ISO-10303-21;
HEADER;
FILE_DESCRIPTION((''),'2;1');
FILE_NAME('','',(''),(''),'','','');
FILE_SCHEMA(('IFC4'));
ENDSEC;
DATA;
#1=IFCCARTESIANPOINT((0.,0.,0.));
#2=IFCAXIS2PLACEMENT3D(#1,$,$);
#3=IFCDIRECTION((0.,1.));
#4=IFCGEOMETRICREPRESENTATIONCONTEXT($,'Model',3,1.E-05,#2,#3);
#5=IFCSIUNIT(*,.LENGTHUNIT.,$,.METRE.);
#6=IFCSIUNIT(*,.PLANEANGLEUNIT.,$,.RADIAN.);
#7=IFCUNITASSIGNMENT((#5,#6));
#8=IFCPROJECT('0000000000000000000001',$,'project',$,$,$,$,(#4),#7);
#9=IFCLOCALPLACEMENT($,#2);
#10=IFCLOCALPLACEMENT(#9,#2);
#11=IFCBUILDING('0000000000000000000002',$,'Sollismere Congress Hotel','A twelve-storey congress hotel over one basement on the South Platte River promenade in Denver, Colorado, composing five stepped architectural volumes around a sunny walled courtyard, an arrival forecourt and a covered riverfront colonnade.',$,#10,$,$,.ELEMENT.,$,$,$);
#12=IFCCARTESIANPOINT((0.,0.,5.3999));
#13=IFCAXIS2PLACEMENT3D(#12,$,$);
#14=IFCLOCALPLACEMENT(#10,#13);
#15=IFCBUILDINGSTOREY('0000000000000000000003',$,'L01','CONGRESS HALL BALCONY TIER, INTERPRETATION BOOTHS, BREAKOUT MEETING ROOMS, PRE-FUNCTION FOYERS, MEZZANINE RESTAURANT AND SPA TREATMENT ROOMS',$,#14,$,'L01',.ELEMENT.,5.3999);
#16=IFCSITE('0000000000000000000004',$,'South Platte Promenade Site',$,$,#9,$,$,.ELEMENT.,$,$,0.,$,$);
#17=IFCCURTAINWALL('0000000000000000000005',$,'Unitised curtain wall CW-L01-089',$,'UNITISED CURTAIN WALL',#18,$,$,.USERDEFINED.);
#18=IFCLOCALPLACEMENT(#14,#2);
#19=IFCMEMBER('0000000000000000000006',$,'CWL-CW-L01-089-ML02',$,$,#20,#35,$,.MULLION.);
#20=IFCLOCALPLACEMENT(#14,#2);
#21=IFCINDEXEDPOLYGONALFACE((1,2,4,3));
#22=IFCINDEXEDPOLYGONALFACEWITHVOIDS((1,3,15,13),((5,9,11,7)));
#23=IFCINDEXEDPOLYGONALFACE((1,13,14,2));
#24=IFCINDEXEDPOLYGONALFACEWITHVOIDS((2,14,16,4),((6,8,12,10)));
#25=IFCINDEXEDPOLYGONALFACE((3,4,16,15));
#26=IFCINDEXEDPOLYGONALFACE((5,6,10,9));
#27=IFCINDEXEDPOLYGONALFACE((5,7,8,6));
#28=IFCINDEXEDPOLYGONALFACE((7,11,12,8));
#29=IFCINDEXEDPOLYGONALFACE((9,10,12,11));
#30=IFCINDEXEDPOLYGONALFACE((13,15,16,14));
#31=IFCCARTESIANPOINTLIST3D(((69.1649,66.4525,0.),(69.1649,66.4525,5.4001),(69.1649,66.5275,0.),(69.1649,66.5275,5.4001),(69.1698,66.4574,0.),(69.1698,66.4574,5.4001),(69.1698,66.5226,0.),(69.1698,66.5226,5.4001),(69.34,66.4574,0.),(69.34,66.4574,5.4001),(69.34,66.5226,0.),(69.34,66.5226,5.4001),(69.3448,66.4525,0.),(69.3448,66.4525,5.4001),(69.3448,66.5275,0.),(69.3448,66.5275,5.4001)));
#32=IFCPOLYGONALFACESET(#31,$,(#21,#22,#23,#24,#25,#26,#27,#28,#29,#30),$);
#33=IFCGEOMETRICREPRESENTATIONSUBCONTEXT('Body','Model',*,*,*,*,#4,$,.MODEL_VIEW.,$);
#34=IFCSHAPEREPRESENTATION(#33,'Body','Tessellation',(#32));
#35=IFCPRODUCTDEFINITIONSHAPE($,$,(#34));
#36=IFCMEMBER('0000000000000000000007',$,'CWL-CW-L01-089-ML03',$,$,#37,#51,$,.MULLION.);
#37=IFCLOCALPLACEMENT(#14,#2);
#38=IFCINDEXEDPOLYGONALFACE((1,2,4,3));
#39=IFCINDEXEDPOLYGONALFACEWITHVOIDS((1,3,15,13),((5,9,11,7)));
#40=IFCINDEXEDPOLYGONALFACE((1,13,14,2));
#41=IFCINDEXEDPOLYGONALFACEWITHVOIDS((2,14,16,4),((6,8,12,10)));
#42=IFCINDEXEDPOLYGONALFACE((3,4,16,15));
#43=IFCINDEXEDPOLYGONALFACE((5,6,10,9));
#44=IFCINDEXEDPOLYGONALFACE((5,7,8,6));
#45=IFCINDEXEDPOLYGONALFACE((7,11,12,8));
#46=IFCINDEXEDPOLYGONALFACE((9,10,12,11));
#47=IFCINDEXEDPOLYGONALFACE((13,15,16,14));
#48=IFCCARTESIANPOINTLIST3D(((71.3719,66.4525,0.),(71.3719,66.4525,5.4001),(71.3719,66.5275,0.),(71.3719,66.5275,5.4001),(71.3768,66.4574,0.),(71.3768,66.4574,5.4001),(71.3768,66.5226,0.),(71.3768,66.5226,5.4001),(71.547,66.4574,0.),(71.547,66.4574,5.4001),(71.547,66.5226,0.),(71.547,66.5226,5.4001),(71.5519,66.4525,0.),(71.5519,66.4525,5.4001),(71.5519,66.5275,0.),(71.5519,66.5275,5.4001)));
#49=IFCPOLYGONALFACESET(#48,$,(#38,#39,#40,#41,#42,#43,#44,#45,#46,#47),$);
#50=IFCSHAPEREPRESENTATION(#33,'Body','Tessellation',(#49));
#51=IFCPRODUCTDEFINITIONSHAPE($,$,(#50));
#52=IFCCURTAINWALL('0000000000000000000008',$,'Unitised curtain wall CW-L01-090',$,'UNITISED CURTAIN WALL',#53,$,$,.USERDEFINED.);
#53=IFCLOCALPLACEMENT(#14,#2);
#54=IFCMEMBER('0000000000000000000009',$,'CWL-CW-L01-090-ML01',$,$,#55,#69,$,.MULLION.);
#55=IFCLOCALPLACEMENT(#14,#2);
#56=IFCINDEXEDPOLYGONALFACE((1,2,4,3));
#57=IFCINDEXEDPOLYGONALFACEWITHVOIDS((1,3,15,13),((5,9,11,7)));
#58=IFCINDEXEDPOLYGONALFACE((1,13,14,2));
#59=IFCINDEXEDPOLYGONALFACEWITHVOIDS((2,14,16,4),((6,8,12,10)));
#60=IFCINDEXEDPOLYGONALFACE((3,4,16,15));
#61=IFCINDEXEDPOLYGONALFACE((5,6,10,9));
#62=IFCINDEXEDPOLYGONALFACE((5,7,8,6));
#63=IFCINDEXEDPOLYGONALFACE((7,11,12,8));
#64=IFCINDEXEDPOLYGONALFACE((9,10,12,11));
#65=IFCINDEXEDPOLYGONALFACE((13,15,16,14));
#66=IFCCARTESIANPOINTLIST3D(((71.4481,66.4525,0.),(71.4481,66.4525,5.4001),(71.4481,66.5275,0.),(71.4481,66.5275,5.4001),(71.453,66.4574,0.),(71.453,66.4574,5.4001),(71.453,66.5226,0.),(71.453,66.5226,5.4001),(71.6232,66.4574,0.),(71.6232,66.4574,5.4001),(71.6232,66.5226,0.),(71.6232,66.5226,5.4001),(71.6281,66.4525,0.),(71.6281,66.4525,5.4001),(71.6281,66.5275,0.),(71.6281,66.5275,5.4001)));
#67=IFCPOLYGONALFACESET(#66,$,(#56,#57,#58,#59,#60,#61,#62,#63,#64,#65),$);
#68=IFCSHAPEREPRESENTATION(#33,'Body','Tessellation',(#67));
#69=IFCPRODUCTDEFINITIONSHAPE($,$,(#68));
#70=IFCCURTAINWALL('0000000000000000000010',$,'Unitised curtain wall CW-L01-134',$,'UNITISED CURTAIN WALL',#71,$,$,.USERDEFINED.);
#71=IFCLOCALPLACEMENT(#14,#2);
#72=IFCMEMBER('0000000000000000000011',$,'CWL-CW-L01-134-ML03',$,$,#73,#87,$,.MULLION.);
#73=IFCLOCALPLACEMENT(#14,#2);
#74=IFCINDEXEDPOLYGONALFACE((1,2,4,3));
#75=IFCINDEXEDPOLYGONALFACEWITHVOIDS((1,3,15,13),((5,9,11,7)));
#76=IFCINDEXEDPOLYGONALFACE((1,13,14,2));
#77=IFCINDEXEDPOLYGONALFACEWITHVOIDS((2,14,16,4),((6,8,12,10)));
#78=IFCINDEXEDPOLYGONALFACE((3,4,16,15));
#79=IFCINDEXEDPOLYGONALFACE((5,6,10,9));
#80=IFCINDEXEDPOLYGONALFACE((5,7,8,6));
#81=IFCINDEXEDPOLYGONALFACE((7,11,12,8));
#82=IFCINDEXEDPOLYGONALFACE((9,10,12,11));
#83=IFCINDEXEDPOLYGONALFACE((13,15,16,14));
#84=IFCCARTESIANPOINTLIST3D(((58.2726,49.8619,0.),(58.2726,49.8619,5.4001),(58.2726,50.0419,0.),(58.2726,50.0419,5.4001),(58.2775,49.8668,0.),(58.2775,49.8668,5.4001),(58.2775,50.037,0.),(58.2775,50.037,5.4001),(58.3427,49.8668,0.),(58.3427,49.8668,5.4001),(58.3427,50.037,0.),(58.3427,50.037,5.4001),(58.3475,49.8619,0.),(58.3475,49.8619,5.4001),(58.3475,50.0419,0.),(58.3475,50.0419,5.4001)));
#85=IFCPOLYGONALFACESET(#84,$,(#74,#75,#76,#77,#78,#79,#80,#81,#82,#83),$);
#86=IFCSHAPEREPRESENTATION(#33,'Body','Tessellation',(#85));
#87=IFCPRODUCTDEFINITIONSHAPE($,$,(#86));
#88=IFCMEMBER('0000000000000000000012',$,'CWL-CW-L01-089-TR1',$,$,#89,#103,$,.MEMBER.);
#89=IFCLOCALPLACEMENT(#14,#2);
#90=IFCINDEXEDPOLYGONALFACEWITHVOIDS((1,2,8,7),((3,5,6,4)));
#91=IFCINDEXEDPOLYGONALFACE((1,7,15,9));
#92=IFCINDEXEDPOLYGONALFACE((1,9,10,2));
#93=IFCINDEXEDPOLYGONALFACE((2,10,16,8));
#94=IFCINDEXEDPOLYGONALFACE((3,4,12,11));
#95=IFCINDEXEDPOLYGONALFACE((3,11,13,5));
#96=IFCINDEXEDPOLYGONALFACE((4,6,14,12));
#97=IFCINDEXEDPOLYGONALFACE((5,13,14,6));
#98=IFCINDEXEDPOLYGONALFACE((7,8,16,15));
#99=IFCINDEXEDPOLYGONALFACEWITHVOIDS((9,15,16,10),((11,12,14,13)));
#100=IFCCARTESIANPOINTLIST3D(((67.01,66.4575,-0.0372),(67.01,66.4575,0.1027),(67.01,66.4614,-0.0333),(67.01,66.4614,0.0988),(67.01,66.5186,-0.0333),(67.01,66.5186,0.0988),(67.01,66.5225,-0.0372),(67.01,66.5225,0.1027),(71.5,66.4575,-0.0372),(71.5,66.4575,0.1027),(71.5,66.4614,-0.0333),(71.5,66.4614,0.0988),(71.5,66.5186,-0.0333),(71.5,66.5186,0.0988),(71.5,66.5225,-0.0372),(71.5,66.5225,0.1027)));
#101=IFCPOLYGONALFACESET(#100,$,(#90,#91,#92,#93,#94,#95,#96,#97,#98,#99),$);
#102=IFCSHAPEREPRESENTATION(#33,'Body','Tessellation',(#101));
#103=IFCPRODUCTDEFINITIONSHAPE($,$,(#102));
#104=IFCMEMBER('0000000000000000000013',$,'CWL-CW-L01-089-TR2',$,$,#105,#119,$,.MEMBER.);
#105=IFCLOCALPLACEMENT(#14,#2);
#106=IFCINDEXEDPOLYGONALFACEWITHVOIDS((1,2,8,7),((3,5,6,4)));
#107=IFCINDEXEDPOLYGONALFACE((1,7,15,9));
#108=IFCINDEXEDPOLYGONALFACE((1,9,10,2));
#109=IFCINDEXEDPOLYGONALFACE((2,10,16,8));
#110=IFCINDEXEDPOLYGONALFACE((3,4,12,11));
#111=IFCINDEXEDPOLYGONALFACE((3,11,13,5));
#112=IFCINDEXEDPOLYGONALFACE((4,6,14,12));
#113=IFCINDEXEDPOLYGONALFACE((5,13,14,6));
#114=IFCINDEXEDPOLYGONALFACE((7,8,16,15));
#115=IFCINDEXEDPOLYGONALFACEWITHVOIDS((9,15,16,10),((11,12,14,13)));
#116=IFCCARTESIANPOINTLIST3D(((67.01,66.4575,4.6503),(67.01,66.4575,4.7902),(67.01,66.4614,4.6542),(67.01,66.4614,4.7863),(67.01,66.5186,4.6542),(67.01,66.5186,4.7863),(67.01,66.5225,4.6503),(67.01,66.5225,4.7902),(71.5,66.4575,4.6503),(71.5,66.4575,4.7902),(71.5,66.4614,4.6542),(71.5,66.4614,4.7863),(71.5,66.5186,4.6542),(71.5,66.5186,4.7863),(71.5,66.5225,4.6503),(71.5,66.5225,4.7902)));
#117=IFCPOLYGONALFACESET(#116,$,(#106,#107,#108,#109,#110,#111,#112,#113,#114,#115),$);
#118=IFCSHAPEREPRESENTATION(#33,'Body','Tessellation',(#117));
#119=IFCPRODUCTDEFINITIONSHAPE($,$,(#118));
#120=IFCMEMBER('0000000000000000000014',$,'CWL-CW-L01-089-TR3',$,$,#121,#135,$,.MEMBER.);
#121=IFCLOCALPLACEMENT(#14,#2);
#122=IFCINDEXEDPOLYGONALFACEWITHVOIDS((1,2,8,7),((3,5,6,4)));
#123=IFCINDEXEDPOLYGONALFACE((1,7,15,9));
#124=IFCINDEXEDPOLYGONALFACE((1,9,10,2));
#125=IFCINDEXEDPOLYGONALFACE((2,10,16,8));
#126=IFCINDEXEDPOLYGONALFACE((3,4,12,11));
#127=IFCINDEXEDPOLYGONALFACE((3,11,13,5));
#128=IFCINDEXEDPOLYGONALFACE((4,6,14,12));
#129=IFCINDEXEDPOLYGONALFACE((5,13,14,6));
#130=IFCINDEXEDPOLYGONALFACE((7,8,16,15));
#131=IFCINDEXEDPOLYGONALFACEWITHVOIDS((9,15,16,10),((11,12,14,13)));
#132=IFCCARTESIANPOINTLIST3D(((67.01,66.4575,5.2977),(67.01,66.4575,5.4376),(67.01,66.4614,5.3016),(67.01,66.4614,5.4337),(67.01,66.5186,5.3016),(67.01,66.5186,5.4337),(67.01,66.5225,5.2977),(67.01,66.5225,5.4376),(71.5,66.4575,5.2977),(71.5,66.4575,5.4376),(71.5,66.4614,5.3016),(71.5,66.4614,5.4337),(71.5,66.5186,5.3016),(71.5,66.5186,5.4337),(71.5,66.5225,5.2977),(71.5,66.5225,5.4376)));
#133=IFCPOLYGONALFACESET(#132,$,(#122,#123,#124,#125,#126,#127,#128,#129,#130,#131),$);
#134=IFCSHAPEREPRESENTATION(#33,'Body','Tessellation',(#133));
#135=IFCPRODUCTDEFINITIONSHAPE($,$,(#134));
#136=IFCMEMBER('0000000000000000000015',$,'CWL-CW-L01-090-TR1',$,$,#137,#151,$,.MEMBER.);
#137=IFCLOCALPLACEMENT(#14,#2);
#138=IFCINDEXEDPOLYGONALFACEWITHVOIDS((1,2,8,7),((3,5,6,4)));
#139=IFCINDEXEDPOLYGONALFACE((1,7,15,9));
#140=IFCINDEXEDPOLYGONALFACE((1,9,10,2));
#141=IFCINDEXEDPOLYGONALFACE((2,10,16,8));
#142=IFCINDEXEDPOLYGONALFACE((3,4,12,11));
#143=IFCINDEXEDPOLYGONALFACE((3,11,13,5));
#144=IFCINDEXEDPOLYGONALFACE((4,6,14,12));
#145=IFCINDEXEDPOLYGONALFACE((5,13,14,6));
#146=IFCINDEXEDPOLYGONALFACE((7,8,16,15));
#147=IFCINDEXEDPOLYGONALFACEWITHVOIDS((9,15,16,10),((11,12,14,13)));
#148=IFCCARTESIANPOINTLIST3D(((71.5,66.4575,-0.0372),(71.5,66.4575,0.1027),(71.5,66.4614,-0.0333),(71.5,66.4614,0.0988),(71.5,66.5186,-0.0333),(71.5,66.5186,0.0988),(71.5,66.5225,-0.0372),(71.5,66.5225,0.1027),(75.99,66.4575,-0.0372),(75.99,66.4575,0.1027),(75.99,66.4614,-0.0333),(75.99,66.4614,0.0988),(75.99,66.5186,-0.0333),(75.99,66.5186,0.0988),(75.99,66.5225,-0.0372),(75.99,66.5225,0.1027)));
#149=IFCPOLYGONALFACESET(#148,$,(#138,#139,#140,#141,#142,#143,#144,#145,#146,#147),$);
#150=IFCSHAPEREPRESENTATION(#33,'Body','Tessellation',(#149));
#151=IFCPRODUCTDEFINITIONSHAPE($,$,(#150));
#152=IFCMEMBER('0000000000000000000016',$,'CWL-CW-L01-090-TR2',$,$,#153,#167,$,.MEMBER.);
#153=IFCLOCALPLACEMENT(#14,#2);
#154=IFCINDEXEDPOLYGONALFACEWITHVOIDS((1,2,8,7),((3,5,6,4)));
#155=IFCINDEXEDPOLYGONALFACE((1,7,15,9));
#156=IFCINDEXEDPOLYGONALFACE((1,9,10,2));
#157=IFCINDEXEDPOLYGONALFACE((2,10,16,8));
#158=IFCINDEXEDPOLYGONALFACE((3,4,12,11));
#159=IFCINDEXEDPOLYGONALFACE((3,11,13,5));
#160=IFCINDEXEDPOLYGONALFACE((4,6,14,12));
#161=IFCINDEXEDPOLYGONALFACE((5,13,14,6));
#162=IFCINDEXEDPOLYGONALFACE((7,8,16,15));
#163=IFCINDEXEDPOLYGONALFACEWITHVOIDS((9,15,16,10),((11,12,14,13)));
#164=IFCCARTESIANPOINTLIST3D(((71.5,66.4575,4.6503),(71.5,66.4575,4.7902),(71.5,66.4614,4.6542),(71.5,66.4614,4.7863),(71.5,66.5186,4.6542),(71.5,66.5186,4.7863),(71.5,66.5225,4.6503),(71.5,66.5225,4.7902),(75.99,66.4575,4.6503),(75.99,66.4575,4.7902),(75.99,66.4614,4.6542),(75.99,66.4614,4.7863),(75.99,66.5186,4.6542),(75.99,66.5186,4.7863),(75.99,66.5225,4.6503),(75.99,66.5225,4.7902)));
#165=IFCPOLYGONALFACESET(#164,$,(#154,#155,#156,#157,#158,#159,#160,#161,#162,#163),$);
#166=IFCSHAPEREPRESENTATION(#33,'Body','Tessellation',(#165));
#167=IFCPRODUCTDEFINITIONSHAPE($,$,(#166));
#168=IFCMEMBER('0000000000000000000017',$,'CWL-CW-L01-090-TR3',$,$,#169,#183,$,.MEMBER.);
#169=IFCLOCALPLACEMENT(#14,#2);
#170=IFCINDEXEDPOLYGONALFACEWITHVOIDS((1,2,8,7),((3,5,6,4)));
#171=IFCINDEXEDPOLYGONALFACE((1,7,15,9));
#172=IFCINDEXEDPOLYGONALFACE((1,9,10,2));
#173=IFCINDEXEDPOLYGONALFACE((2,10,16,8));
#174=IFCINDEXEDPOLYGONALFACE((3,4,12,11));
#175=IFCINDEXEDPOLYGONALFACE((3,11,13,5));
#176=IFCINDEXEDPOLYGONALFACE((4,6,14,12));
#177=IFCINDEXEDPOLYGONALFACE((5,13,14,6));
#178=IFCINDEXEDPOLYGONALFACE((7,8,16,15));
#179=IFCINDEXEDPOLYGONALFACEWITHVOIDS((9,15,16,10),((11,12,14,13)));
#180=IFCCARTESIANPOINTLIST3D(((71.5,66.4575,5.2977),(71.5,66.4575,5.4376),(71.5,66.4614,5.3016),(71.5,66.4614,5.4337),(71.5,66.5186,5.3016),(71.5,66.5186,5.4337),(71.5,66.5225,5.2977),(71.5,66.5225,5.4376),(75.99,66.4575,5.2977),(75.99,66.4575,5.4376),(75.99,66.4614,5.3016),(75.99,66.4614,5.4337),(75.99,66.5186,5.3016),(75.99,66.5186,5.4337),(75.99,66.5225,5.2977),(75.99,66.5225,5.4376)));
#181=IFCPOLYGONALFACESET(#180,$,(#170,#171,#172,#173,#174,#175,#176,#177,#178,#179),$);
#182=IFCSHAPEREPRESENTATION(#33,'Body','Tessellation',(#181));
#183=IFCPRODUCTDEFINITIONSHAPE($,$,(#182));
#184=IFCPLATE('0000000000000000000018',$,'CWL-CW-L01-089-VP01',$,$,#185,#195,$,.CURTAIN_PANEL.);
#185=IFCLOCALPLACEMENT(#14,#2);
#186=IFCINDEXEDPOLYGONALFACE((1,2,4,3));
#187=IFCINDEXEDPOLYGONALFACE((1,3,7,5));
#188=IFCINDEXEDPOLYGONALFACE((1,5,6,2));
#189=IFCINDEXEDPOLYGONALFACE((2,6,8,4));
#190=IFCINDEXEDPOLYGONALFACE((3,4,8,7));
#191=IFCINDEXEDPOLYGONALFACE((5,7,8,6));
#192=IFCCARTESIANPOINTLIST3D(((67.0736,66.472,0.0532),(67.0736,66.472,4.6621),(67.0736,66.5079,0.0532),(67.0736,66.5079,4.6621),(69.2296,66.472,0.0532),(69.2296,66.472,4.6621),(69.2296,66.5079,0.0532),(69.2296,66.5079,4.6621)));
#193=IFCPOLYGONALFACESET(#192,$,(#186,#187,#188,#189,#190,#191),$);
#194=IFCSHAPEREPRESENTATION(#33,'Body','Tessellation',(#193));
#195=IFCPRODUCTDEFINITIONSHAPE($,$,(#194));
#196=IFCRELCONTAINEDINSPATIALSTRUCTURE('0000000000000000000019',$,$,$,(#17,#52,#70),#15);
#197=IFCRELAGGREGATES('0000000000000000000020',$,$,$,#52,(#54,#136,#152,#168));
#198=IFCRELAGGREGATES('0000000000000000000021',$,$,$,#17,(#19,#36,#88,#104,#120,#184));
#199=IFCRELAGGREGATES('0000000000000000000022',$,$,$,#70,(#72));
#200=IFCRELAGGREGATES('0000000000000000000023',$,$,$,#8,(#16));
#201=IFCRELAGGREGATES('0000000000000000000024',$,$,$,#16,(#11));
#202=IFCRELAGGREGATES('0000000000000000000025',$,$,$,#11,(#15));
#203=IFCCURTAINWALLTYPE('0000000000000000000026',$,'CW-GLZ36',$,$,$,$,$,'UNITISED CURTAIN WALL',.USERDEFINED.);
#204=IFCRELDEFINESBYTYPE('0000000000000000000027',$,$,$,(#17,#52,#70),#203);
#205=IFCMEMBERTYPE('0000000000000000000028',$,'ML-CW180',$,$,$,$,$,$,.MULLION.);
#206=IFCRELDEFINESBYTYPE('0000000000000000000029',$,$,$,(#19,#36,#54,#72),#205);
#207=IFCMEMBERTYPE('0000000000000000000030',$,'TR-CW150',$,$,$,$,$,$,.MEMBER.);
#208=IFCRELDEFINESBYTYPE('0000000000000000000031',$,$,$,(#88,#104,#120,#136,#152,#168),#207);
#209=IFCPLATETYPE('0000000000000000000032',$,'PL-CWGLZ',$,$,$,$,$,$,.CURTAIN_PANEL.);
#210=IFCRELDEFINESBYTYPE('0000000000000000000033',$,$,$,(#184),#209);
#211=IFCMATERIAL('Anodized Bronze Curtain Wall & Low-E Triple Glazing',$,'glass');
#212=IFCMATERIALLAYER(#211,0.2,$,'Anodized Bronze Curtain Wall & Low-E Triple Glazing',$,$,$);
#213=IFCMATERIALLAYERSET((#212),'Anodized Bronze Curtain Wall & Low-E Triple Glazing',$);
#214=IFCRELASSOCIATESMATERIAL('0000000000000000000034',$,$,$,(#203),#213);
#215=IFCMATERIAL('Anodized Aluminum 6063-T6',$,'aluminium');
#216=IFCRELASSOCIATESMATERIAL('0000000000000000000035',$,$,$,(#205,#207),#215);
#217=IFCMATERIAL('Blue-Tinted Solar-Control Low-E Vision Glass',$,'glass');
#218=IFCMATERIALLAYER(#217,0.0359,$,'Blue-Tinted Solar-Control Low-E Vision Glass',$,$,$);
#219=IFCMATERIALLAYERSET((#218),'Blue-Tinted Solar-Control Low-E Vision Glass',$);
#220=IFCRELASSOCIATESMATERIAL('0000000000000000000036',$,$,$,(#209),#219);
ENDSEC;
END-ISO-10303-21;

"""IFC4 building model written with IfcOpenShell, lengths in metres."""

from ifc_helpers import new_model, si_unit, direction, frame, origin, origin_2d, place, context, subcontext, project, spatial, rectangle, hollow_rectangle, extrude, material, layer, layer_set, material_profile, profile_set, type_object, element, aggregate, save


model = new_model("IFC4")

# Units and contexts
model_context = context("Model", 3, precision=1e-05, world=origin(), true_north=direction((0.0, 1.0)))
body_context = subcontext(model_context, "Body", "Model", "MODEL_VIEW")
ifc_project = project(units=[si_unit("LENGTHUNIT", "METRE"), si_unit("PLANEANGLEUNIT", "RADIAN")], contexts=[model_context])

# Site, building, storey
site_placement = place(None, origin())
site = spatial("IfcSite", under=ifc_project, at=site_placement, Name="South Platte Promenade Site", CompositionType="ELEMENT", RefElevation=0.0)
building_placement = place(site_placement, origin())
building = spatial("IfcBuilding", under=site, at=building_placement, Name="Sollismere Congress Hotel", Description="A twelve-storey congress hotel over one basement on the South Platte River promenade in Denver, Colorado, composing five stepped architectural volumes around a sunny walled courtyard, an arrival forecourt and a covered riverfront colonnade.", CompositionType="ELEMENT")
storey_placement = place(building_placement, frame((0.0, 0.0, 5.3999)))
storey = spatial("IfcBuildingStorey", under=building, at=storey_placement, Name="L01", Description="CONGRESS HALL BALCONY TIER, INTERPRETATION BOOTHS, BREAKOUT MEETING ROOMS, PRE-FUNCTION FOYERS, MEZZANINE RESTAURANT AND SPA TREATMENT ROOMS", LongName="L01", CompositionType="ELEMENT", Elevation=5.3999)

# Curtain wall, members
ifc_material_1 = material(Name="Anodized Bronze Curtain Wall & Low-E Triple Glazing", Category="glass")
ifc_layer_1 = layer(ifc_material_1, 0.2, Name="Anodized Bronze Curtain Wall & Low-E Triple Glazing")
ifc_layer_set_1 = layer_set([ifc_layer_1], Name="Anodized Bronze Curtain Wall & Low-E Triple Glazing")
curtain_wall_type = type_object("IfcCurtainWallType", Name="CW-GLZ36", ElementType="UNITISED CURTAIN WALL", PredefinedType="USERDEFINED", material=ifc_layer_set_1)
curtain_wall_1_placement = place(storey_placement, origin())
curtain_wall_1 = element("IfcCurtainWall", 1, at=curtain_wall_1_placement, inside=storey, type_object=curtain_wall_type, Name="Unitised curtain wall CW-L01-089", ObjectType="UNITISED CURTAIN WALL", PredefinedType="USERDEFINED")
ifc_material_2 = material(Name="Anodized Aluminum 6063-T6", Category="aluminium")
ifc_material_profile_1 = material_profile(ifc_material_2, hollow_rectangle(XDim=0.075, YDim=0.1799, WallThickness=0.0049, at=origin_2d()), Name="ALU180X75X5")
ifc_profile_set_1 = profile_set([ifc_material_profile_1], Name="Anodized Aluminum 6063-T6")
member_type_1 = type_object("IfcMemberType", Name="ML-CW180", PredefinedType="MULLION", material=ifc_profile_set_1)
member_1_placement = place(storey_placement, frame((69.2549, 66.49, 0.0), z_axis=(0.0, 0.0, 1.0), x_axis=(0.0, 1.0, 0.0)))
member_1 = element("IfcMember", 2, at=member_1_placement, type_object=member_type_1, Name="CWL-CW-L01-089-ML02", PredefinedType="MULLION", context=body_context, shape_type="SweptSolid", body=[
    extrude(hollow_rectangle(XDim=0.075, YDim=0.1799, WallThickness=0.0049, at=origin_2d()), origin(), (0.0, 0.0, 1.0), 5.4001),
])
member_2_placement = place(storey_placement, frame((71.4619, 66.49, 0.0), z_axis=(0.0, 0.0, 1.0), x_axis=(0.0, 1.0, 0.0)))
member_2 = element("IfcMember", 3, at=member_2_placement, type_object=member_type_1, Name="CWL-CW-L01-089-ML03", PredefinedType="MULLION", context=body_context, shape_type="SweptSolid", body=[
    extrude(hollow_rectangle(XDim=0.075, YDim=0.1799, WallThickness=0.0049, at=origin_2d()), origin(), (0.0, 0.0, 1.0), 5.4001),
])

# Curtain walls, members
curtain_wall_2_placement = place(storey_placement, origin())
curtain_wall_2 = element("IfcCurtainWall", 4, at=curtain_wall_2_placement, inside=storey, type_object=curtain_wall_type, Name="Unitised curtain wall CW-L01-090", ObjectType="UNITISED CURTAIN WALL", PredefinedType="USERDEFINED")
member_3_placement = place(storey_placement, frame((71.5381, 66.49, 0.0), z_axis=(0.0, 0.0, 1.0), x_axis=(0.0, 1.0, 0.0)))
member_3 = element("IfcMember", 5, at=member_3_placement, type_object=member_type_1, Name="CWL-CW-L01-090-ML01", PredefinedType="MULLION", context=body_context, shape_type="SweptSolid", body=[
    extrude(hollow_rectangle(XDim=0.075, YDim=0.1799, WallThickness=0.0049, at=origin_2d()), origin(), (0.0, 0.0, 1.0), 5.4001),
])
curtain_wall_3_placement = place(storey_placement, origin())
curtain_wall_3 = element("IfcCurtainWall", 6, at=curtain_wall_3_placement, inside=storey, type_object=curtain_wall_type, Name="Unitised curtain wall CW-L01-134", ObjectType="UNITISED CURTAIN WALL", PredefinedType="USERDEFINED")
member_4_placement = place(storey_placement, frame((58.3101, 49.9519, 0.0), z_axis=(0.0, 0.0, 1.0), x_axis=(-1.0, 0.0, 0.0)))
member_4 = element("IfcMember", 7, at=member_4_placement, type_object=member_type_1, Name="CWL-CW-L01-134-ML03", PredefinedType="MULLION", context=body_context, shape_type="SweptSolid", body=[
    extrude(hollow_rectangle(XDim=0.075, YDim=0.1799, WallThickness=0.0049, at=origin_2d()), origin(), (0.0, 0.0, 1.0), 5.4001),
])

# Members
ifc_material_profile_2 = material_profile(ifc_material_2, hollow_rectangle(XDim=0.0649, YDim=0.1399, WallThickness=0.0039, at=origin_2d()), Name="ALU140X65X4")
ifc_profile_set_2 = profile_set([ifc_material_profile_2], Name="Anodized Aluminum 6063-T6")
member_type_2 = type_object("IfcMemberType", Name="TR-CW150", PredefinedType="MEMBER", material=ifc_profile_set_2)
member_5_placement = place(storey_placement, frame((67.01, 66.49, 0.0327), z_axis=(1.0, 0.0, 0.0), x_axis=(0.0, 1.0, 0.0)))
member_5 = element("IfcMember", 8, at=member_5_placement, type_object=member_type_2, Name="CWL-CW-L01-089-TR1", PredefinedType="MEMBER", context=body_context, shape_type="SweptSolid", body=[
    extrude(hollow_rectangle(XDim=0.0649, YDim=0.1399, WallThickness=0.0039, at=origin_2d()), origin(), (0.0, 0.0, 1.0), 4.49),
])
member_6_placement = place(storey_placement, frame((67.01, 66.49, 4.7202), z_axis=(1.0, 0.0, 0.0), x_axis=(0.0, 1.0, 0.0)))
member_6 = element("IfcMember", 9, at=member_6_placement, type_object=member_type_2, Name="CWL-CW-L01-089-TR2", PredefinedType="MEMBER", context=body_context, shape_type="SweptSolid", body=[
    extrude(hollow_rectangle(XDim=0.0649, YDim=0.1399, WallThickness=0.0039, at=origin_2d()), origin(), (0.0, 0.0, 1.0), 4.49),
])
member_7_placement = place(storey_placement, frame((67.01, 66.49, 5.3677), z_axis=(1.0, 0.0, 0.0), x_axis=(0.0, 1.0, 0.0)))
member_7 = element("IfcMember", 10, at=member_7_placement, type_object=member_type_2, Name="CWL-CW-L01-089-TR3", PredefinedType="MEMBER", context=body_context, shape_type="SweptSolid", body=[
    extrude(hollow_rectangle(XDim=0.0649, YDim=0.1399, WallThickness=0.0039, at=origin_2d()), origin(), (0.0, 0.0, 1.0), 4.49),
])
member_8_placement = place(storey_placement, frame((71.5, 66.49, 0.0327), z_axis=(1.0, 0.0, 0.0), x_axis=(0.0, 1.0, 0.0)))
member_8 = element("IfcMember", 11, at=member_8_placement, type_object=member_type_2, Name="CWL-CW-L01-090-TR1", PredefinedType="MEMBER", context=body_context, shape_type="SweptSolid", body=[
    extrude(hollow_rectangle(XDim=0.0649, YDim=0.1399, WallThickness=0.0039, at=origin_2d()), origin(), (0.0, 0.0, 1.0), 4.49),
])
member_9_placement = place(storey_placement, frame((71.5, 66.49, 4.7202), z_axis=(1.0, 0.0, 0.0), x_axis=(0.0, 1.0, 0.0)))
member_9 = element("IfcMember", 12, at=member_9_placement, type_object=member_type_2, Name="CWL-CW-L01-090-TR2", PredefinedType="MEMBER", context=body_context, shape_type="SweptSolid", body=[
    extrude(hollow_rectangle(XDim=0.0649, YDim=0.1399, WallThickness=0.0039, at=origin_2d()), origin(), (0.0, 0.0, 1.0), 4.49),
])
member_10_placement = place(storey_placement, frame((71.5, 66.49, 5.3677), z_axis=(1.0, 0.0, 0.0), x_axis=(0.0, 1.0, 0.0)))
member_10 = element("IfcMember", 13, at=member_10_placement, type_object=member_type_2, Name="CWL-CW-L01-090-TR3", PredefinedType="MEMBER", context=body_context, shape_type="SweptSolid", body=[
    extrude(hollow_rectangle(XDim=0.0649, YDim=0.1399, WallThickness=0.0039, at=origin_2d()), origin(), (0.0, 0.0, 1.0), 4.49),
])
aggregate(curtain_wall_2, [member_3, member_8, member_9, member_10])

# Plate
ifc_material_3 = material(Name="Blue-Tinted Solar-Control Low-E Vision Glass", Category="glass")
ifc_layer_2 = layer(ifc_material_3, 0.0359, Name="Blue-Tinted Solar-Control Low-E Vision Glass")
ifc_layer_set_2 = layer_set([ifc_layer_2], Name="Blue-Tinted Solar-Control Low-E Vision Glass")
plate_type_1 = type_object("IfcPlateType", Name="PL-CWGLZ", PredefinedType="CURTAIN_PANEL", material=ifc_layer_set_2)
plate_1_placement = place(storey_placement, frame((68.1516, 66.49, 0.0532), z_axis=(0.0, 0.0, 1.0), x_axis=(1.0, 0.0, 0.0)))
plate_1 = element("IfcPlate", 14, at=plate_1_placement, type_object=plate_type_1, Name="CWL-CW-L01-089-VP01", PredefinedType="CURTAIN_PANEL", context=body_context, shape_type="SweptSolid", body=[
    extrude(rectangle(XDim=2.156, YDim=0.0359, at=origin_2d()), origin(), (0.0, 0.0, 1.0), 4.6089),
])
aggregate(curtain_wall_1, [member_1, member_2, member_5, member_6, member_7, plate_1])
aggregate(curtain_wall_3, [member_4])

save(model, "model.ifc")
